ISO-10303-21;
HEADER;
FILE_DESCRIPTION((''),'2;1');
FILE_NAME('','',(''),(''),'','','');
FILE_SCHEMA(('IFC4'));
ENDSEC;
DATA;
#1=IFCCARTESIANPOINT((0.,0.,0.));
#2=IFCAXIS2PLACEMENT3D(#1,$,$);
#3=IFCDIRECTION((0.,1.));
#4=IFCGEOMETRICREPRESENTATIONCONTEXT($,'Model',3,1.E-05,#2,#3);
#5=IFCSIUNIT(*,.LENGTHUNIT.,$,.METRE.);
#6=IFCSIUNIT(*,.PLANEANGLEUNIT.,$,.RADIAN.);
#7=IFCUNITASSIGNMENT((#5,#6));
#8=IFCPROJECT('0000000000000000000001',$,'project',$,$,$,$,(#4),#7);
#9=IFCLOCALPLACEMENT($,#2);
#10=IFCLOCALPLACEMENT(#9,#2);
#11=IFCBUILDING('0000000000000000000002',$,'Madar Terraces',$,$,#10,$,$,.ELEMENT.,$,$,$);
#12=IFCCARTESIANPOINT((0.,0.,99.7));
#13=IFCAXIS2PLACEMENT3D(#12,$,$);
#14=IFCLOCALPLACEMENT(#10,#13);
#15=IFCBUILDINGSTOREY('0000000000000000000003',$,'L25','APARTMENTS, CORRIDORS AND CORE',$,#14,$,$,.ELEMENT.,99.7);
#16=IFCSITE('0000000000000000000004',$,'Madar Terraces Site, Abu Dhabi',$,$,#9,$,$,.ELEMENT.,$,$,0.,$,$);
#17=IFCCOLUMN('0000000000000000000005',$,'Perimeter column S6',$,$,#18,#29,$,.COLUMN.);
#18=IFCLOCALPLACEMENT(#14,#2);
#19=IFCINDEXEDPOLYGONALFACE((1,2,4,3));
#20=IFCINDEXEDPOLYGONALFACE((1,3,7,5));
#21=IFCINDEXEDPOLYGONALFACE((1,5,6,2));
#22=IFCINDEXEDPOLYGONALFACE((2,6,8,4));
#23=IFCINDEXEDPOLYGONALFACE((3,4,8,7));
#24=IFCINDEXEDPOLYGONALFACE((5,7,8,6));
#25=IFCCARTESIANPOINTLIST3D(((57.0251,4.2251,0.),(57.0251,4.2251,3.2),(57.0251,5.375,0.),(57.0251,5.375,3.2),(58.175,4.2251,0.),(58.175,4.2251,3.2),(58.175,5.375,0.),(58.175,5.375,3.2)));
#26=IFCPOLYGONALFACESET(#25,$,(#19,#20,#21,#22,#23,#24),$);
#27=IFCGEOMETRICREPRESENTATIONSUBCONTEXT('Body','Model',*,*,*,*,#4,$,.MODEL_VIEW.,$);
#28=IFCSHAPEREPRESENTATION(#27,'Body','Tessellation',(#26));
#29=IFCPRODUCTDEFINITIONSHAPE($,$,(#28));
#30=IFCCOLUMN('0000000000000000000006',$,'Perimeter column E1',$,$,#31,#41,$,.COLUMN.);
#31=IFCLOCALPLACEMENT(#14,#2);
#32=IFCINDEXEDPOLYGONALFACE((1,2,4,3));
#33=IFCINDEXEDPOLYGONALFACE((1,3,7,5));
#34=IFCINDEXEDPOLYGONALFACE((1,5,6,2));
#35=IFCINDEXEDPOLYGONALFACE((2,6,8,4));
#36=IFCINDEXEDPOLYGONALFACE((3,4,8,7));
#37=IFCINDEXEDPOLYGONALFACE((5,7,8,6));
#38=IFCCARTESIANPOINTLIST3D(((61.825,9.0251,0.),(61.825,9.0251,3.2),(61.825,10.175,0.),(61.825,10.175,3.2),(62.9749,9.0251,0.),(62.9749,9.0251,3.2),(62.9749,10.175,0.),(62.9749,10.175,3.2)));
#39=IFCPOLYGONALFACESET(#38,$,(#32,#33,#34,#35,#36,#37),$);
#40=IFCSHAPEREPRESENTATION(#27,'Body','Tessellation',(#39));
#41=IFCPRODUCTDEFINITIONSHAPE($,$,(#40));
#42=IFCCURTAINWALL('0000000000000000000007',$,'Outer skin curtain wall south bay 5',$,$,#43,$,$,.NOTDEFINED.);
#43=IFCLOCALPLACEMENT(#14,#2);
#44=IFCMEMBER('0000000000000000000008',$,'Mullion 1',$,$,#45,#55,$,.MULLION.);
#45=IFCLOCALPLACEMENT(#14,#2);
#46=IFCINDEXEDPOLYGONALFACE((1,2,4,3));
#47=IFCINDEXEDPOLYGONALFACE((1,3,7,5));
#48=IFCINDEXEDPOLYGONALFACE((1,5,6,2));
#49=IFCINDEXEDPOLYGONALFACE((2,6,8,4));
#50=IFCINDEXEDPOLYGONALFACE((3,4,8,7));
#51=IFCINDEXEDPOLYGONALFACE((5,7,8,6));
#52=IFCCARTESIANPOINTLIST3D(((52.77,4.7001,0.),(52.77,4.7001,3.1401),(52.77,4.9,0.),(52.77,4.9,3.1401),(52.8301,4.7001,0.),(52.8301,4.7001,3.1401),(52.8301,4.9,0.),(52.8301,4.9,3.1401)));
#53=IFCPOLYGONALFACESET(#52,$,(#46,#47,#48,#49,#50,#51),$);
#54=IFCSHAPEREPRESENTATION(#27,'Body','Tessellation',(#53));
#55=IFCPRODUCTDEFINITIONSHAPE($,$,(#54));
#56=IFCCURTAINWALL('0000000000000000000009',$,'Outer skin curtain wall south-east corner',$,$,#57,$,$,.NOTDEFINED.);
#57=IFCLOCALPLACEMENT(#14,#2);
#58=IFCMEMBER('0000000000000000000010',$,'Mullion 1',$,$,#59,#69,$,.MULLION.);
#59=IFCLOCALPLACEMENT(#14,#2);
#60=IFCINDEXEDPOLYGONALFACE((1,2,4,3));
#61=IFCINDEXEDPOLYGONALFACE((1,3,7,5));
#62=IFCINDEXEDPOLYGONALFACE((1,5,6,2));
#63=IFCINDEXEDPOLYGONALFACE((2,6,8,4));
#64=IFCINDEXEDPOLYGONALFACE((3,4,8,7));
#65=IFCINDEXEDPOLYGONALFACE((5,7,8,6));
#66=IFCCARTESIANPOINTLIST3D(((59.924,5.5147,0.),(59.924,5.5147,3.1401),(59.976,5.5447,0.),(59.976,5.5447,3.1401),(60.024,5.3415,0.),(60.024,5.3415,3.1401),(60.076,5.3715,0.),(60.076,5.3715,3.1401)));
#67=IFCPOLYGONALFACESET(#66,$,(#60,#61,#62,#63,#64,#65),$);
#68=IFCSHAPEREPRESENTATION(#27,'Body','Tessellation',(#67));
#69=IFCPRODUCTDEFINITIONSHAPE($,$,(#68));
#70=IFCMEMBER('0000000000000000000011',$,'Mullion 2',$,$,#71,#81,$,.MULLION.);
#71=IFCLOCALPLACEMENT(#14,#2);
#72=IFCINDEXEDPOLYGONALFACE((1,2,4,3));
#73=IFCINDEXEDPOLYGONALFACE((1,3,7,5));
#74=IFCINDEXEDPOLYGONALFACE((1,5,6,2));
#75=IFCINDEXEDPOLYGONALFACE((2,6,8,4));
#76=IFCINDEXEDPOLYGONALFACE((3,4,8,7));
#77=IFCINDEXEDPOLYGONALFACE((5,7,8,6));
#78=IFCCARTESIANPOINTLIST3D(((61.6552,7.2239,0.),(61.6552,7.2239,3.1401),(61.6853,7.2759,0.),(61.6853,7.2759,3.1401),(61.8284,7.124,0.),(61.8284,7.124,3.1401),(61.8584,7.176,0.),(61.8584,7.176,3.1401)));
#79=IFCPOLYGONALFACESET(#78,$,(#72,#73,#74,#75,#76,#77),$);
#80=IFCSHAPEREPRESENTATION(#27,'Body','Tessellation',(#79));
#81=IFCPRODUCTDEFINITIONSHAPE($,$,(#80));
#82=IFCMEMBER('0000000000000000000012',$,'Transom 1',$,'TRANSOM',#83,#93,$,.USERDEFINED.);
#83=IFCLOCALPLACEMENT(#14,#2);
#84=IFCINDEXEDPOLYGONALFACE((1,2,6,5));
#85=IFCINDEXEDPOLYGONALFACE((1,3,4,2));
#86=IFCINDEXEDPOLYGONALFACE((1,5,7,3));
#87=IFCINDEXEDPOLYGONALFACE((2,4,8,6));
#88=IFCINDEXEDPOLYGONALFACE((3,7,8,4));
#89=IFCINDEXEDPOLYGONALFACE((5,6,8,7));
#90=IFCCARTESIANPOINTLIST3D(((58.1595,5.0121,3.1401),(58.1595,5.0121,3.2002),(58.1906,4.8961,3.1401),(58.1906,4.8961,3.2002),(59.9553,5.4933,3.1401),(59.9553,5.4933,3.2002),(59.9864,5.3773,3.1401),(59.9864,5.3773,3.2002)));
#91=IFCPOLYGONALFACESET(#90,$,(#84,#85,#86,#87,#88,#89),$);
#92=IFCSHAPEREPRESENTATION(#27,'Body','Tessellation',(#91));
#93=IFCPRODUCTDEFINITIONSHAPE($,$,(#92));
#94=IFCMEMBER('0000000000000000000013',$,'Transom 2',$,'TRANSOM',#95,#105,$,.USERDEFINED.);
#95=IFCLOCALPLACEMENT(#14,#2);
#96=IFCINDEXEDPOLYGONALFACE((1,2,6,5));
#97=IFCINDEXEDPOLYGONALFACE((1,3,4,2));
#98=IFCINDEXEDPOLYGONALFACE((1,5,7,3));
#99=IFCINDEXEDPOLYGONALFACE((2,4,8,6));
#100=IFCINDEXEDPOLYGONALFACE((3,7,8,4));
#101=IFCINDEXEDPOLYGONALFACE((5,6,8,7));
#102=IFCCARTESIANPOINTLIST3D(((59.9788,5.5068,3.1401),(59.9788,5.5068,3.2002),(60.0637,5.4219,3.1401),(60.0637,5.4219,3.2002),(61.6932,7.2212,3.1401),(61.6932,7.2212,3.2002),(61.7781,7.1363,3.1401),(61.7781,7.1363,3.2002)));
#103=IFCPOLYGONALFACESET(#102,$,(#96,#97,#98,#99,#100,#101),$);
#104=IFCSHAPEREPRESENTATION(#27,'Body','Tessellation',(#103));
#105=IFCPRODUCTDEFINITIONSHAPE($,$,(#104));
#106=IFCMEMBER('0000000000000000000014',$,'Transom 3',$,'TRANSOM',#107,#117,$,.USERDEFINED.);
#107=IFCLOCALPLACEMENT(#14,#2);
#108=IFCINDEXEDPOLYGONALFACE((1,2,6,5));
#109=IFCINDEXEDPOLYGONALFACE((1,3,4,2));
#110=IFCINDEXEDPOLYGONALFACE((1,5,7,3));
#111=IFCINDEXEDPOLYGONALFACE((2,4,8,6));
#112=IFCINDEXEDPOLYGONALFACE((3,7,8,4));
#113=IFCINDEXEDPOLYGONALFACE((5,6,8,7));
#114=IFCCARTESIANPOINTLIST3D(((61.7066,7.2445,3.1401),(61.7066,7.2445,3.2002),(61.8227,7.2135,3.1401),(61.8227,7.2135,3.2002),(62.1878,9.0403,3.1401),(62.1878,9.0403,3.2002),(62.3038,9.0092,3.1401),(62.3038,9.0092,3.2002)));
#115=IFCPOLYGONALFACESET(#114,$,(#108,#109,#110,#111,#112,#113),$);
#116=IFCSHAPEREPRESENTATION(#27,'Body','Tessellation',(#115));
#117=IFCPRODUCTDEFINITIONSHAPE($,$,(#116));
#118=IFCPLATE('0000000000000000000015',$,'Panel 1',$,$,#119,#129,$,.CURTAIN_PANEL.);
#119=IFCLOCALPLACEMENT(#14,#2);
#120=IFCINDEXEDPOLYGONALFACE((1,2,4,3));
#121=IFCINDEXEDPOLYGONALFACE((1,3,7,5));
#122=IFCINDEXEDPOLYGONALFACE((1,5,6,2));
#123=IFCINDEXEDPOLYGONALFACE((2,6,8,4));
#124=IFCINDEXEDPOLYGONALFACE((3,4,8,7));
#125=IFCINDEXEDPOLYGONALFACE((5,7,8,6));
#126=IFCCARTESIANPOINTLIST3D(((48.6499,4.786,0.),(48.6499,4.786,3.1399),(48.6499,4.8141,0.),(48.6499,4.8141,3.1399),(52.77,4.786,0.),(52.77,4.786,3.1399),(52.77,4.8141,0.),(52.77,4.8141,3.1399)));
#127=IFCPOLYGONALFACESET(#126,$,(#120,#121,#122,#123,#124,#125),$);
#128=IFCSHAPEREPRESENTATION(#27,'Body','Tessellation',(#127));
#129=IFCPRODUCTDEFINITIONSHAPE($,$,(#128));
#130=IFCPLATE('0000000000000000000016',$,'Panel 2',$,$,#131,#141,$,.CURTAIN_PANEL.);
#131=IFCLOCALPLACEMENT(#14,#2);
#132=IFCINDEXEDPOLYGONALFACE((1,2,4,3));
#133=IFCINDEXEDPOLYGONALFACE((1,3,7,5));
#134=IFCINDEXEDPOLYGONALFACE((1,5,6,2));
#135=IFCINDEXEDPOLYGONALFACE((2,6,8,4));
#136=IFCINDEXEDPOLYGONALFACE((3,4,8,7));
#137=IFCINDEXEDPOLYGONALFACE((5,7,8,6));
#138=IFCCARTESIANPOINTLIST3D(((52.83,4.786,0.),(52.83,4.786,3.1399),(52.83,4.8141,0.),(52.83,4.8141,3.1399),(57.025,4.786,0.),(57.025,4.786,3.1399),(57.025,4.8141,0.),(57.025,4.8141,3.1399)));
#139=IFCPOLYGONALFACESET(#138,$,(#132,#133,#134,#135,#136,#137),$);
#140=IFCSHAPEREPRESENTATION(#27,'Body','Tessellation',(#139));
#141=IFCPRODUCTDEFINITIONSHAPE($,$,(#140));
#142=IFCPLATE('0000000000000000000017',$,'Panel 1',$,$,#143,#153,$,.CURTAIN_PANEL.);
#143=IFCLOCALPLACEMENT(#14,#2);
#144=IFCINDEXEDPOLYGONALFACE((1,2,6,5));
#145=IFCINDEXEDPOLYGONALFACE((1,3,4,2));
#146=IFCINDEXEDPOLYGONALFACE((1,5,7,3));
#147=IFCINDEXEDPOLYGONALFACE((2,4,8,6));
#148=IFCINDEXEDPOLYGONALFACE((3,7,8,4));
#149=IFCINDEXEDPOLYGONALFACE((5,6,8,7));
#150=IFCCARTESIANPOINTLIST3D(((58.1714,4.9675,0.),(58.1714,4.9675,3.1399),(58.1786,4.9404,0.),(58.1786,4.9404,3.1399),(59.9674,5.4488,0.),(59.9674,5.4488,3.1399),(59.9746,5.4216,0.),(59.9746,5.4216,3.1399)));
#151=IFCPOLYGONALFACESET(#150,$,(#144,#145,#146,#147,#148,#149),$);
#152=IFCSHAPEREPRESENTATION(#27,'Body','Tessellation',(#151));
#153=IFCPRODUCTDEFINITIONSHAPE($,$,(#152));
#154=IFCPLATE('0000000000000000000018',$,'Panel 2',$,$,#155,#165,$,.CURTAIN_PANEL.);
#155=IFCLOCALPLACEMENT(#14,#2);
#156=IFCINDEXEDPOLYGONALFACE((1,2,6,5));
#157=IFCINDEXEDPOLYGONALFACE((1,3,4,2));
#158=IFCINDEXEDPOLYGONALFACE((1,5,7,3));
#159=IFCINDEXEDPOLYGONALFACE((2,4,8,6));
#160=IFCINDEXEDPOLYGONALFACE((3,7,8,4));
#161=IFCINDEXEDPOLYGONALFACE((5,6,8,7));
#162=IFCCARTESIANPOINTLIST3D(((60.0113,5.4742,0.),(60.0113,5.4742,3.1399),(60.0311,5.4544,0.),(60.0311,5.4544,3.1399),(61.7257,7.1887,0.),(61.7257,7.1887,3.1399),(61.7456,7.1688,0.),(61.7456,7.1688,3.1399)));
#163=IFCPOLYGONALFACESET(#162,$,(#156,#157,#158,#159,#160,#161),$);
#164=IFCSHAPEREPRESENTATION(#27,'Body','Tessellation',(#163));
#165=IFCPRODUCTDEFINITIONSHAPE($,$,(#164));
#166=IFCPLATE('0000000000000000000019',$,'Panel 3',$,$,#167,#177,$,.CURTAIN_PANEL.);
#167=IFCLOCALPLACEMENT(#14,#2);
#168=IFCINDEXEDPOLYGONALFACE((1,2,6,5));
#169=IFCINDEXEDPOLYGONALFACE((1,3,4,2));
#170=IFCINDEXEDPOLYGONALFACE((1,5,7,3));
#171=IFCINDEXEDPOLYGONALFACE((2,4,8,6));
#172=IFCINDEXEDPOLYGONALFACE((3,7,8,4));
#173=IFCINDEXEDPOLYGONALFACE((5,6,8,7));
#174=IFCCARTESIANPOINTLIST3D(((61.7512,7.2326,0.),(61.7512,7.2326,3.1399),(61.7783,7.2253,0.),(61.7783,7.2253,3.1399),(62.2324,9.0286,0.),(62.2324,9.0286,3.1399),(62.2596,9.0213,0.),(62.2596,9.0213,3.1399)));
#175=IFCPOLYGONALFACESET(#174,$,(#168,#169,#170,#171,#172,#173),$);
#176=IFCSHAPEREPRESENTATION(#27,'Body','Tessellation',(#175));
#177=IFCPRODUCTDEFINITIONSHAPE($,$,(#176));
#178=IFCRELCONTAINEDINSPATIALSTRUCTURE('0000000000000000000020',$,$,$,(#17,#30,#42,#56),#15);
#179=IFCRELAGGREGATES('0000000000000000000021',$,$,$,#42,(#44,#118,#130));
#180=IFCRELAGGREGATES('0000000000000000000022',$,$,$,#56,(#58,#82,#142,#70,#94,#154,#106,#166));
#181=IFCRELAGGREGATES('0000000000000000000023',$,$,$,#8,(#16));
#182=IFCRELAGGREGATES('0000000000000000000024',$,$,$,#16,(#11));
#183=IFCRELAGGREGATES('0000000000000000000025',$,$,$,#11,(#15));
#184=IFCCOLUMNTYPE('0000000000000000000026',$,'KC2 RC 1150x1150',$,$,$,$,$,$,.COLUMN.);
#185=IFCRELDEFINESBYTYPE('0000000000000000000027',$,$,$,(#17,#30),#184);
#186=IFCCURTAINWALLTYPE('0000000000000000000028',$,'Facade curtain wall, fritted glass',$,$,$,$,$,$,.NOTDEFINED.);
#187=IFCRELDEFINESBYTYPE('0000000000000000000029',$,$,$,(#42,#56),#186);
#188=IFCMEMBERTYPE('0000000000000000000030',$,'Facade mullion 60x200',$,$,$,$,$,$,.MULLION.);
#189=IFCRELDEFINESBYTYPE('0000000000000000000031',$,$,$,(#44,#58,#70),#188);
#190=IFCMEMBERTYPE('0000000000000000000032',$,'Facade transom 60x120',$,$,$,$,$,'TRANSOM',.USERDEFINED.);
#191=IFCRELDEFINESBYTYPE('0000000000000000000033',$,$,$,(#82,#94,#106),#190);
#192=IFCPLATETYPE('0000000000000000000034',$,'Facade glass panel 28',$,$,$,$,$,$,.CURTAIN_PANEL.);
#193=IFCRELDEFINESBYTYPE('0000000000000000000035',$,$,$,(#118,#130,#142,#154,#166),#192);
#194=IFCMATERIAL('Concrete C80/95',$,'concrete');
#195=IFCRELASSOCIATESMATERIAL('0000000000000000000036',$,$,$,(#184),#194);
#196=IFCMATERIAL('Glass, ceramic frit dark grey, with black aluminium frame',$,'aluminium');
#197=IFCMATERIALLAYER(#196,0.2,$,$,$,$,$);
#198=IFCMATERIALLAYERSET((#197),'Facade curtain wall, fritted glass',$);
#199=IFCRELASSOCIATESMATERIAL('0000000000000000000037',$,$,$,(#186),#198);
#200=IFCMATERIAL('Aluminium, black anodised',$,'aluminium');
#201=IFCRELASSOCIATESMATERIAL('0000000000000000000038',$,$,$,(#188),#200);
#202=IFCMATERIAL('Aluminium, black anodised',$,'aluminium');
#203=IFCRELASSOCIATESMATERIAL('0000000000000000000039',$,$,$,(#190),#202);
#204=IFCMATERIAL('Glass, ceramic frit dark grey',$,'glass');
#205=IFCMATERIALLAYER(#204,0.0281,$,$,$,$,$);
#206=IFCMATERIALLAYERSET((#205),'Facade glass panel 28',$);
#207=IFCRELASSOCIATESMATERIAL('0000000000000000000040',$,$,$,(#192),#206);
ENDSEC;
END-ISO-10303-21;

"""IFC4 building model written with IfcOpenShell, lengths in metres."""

from ifc_helpers import new_model, si_unit, direction, frame, origin, origin_2d, place, context, subcontext, project, spatial, rectangle, extrude, material, layer, layer_set, material_profile, profile_set, type_object, element, aggregate, save


model = new_model("IFC4")

# Units and contexts
model_context = context("Model", 3, precision=1e-05, world=origin(), true_north=direction((0.0, 1.0)))
body_context = subcontext(model_context, "Body", "Model", "MODEL_VIEW")
ifc_project = project(units=[si_unit("LENGTHUNIT", "METRE"), si_unit("PLANEANGLEUNIT", "RADIAN")], contexts=[model_context])

# Site, building, storey
site_placement = place(None, origin())
site = spatial("IfcSite", under=ifc_project, at=site_placement, Name="Madar Terraces Site, Abu Dhabi", CompositionType="ELEMENT", RefElevation=0.0)
building_placement = place(site_placement, origin())
building = spatial("IfcBuilding", under=site, at=building_placement, Name="Madar Terraces", CompositionType="ELEMENT")
storey_placement = place(building_placement, frame((0.0, 0.0, 99.7)))
storey = spatial("IfcBuildingStorey", under=building, at=storey_placement, Name="L25", Description="APARTMENTS, CORRIDORS AND CORE", CompositionType="ELEMENT", Elevation=99.7)

# Columns
ifc_material_1 = material(Name="Concrete C80/95", Category="concrete")
ifc_material_profile_1 = material_profile(ifc_material_1, rectangle(XDim=1.1499, YDim=1.1499, at=origin_2d()), Name="KC2 RC 1150x1150")
ifc_profile_set_1 = profile_set([ifc_material_profile_1], Name="Concrete C80/95")
column_type = type_object("IfcColumnType", Name="KC2 RC 1150x1150", PredefinedType="COLUMN", material=ifc_profile_set_1)
for number, where, z_axis, x_axis, name in (
    (1, (57.6001, 4.8, 0.0), (0.0, 0.0, 1.0), (1.0, 0.0, 0.0), "Perimeter column S6"),
    (2, (62.3999, 9.6001, 0.0), (0.0, 0.0, 1.0), (1.0, 0.0, 0.0), "Perimeter column E1"),
):
    element("IfcColumn", number, at=place(storey_placement, frame(where, z_axis=z_axis, x_axis=x_axis)), inside=storey, type_object=column_type, Name=name, PredefinedType="COLUMN", context=body_context, shape_type="SweptSolid", body=[
        extrude(rectangle(XDim=1.1499, YDim=1.1499, at=origin_2d()), origin(), (0.0, 0.0, 1.0), 3.2),
    ])

# Curtain wall, member
ifc_material_2 = material(Name="Glass, ceramic frit dark grey, with black aluminium frame", Category="aluminium")
ifc_layer_1 = layer(ifc_material_2, 0.2)
ifc_layer_set_1 = layer_set([ifc_layer_1], Name="Facade curtain wall, fritted glass")
curtain_wall_type = type_object("IfcCurtainWallType", Name="Facade curtain wall, fritted glass", PredefinedType="NOTDEFINED", material=ifc_layer_set_1)
curtain_wall_1_placement = place(storey_placement, origin())
curtain_wall_1 = element("IfcCurtainWall", 3, at=curtain_wall_1_placement, inside=storey, type_object=curtain_wall_type, Name="Outer skin curtain wall south bay 5", PredefinedType="NOTDEFINED")
ifc_material_3 = material(Name="Aluminium, black anodised", Category="aluminium")
ifc_material_profile_2 = material_profile(ifc_material_3, rectangle(XDim=0.2, YDim=0.0601, at=origin_2d()), Name="Facade mullion 60x200")
ifc_profile_set_2 = profile_set([ifc_material_profile_2], Name="Aluminium, black anodised")
member_type_1 = type_object("IfcMemberType", Name="Facade mullion 60x200", PredefinedType="MULLION", material=ifc_profile_set_2)
member_1_placement = place(storey_placement, frame((52.8, 4.8, 0.0), z_axis=(0.0, 0.0, 1.0), x_axis=(0.0, 1.0, 0.0)))
member_1 = element("IfcMember", 4, at=member_1_placement, type_object=member_type_1, Name="Mullion 1", PredefinedType="MULLION", context=body_context, shape_type="SweptSolid", body=[
    extrude(rectangle(XDim=0.2, YDim=0.0601, at=origin_2d()), origin(), (0.0, 0.0, 1.0), 3.1401),
])

# Curtain wall, members
curtain_wall_2_placement = place(storey_placement, origin())
curtain_wall_2 = element("IfcCurtainWall", 5, at=curtain_wall_2_placement, inside=storey, type_object=curtain_wall_type, Name="Outer skin curtain wall south-east corner", PredefinedType="NOTDEFINED")
member_2_placement = place(storey_placement, frame((60.0, 5.4431, 0.0), z_axis=(0.0, 0.0, 1.0), x_axis=(-0.5, 0.866025, 0.0)))
member_2 = element("IfcMember", 6, at=member_2_placement, type_object=member_type_1, Name="Mullion 1", PredefinedType="MULLION", context=body_context, shape_type="SweptSolid", body=[
    extrude(rectangle(XDim=0.2, YDim=0.0601, at=origin_2d()), origin(), (0.0, 0.0, 1.0), 3.1401),
])
member_3_placement = place(storey_placement, frame((61.7568, 7.2, 0.0), z_axis=(0.0, 0.0, 1.0), x_axis=(-0.866025, 0.5, 0.0)))
member_3 = element("IfcMember", 7, at=member_3_placement, type_object=member_type_1, Name="Mullion 2", PredefinedType="MULLION", context=body_context, shape_type="SweptSolid", body=[
    extrude(rectangle(XDim=0.2, YDim=0.0601, at=origin_2d()), origin(), (0.0, 0.0, 1.0), 3.1401),
])
ifc_material_4 = material(Name="Aluminium, black anodised", Category="aluminium")
ifc_material_profile_3 = material_profile(ifc_material_4, rectangle(XDim=0.1201, YDim=0.0601, at=origin_2d()), Name="Facade transom 60x120")
ifc_profile_set_3 = profile_set([ifc_material_profile_3], Name="Aluminium, black anodised")
member_type_2 = type_object("IfcMemberType", Name="Facade transom 60x120", ElementType="TRANSOM", PredefinedType="USERDEFINED", material=ifc_profile_set_3)
member_4_placement = place(storey_placement, frame((58.175, 4.9541, 3.1702), z_axis=(0.965927, 0.258815, 0.0), x_axis=(-0.258815, 0.965927, 0.0)))
member_4 = element("IfcMember", 8, at=member_4_placement, type_object=member_type_2, Name="Transom 1", ObjectType="TRANSOM", PredefinedType="USERDEFINED", context=body_context, shape_type="SweptSolid", body=[
    extrude(rectangle(XDim=0.1201, YDim=0.0601, at=origin_2d()), origin(), (0.0, 0.0, 1.0), 1.8591),
])
member_5_placement = place(storey_placement, frame((60.0212, 5.4644, 3.1702), z_axis=(0.707107, 0.707107, 0.0), x_axis=(-0.707107, 0.707107, 0.0)))
member_5 = element("IfcMember", 9, at=member_5_placement, type_object=member_type_2, Name="Transom 2", ObjectType="TRANSOM", PredefinedType="USERDEFINED", context=body_context, shape_type="SweptSolid", body=[
    extrude(rectangle(XDim=0.1201, YDim=0.0601, at=origin_2d()), origin(), (0.0, 0.0, 1.0), 2.4246),
])
member_6_placement = place(storey_placement, frame((61.7646, 7.229, 3.1702), z_axis=(0.258815, 0.965927, 0.0), x_axis=(-0.965927, 0.258815, 0.0)))
member_6 = element("IfcMember", 10, at=member_6_placement, type_object=member_type_2, Name="Transom 3", ObjectType="TRANSOM", PredefinedType="USERDEFINED", context=body_context, shape_type="SweptSolid", body=[
    extrude(rectangle(XDim=0.1201, YDim=0.0601, at=origin_2d()), origin(), (0.0, 0.0, 1.0), 1.8591),
])

# Plates
ifc_material_5 = material(Name="Glass, ceramic frit dark grey", Category="glass")
ifc_layer_2 = layer(ifc_material_5, 0.0281)
ifc_layer_set_2 = layer_set([ifc_layer_2], Name="Facade glass panel 28")
plate_type = type_object("IfcPlateType", Name="Facade glass panel 28", PredefinedType="CURTAIN_PANEL", material=ifc_layer_set_2)
plate_1_placement = place(storey_placement, frame((50.71, 4.8, 0.0), z_axis=(0.0, 0.0, 1.0), x_axis=(1.0, 0.0, 0.0)))
plate_1 = element("IfcPlate", 11, at=plate_1_placement, type_object=plate_type, Name="Panel 1", PredefinedType="CURTAIN_PANEL", context=body_context, shape_type="SweptSolid", body=[
    extrude(rectangle(XDim=4.1201, YDim=0.0281, at=origin_2d()), origin(), (0.0, 0.0, 1.0), 3.1399),
])
plate_2_placement = place(storey_placement, frame((54.9275, 4.8, 0.0), z_axis=(0.0, 0.0, 1.0), x_axis=(1.0, 0.0, 0.0)))
plate_2 = element("IfcPlate", 12, at=plate_2_placement, type_object=plate_type, Name="Panel 2", PredefinedType="CURTAIN_PANEL", context=body_context, shape_type="SweptSolid", body=[
    extrude(rectangle(XDim=4.1951, YDim=0.0281, at=origin_2d()), origin(), (0.0, 0.0, 1.0), 3.1399),
])
aggregate(curtain_wall_1, [member_1, plate_1, plate_2])
plate_3_placement = place(storey_placement, frame((59.073, 5.1946, 0.0), z_axis=(0.0, 0.0, 1.0), x_axis=(0.965926, 0.258819, 0.0)))
plate_3 = element("IfcPlate", 13, at=plate_3_placement, type_object=plate_type, Name="Panel 1", PredefinedType="CURTAIN_PANEL", context=body_context, shape_type="SweptSolid", body=[
    extrude(rectangle(XDim=1.8594, YDim=0.0281, at=origin_2d()), origin(), (0.0, 0.0, 1.0), 3.1399),
])
plate_4_placement = place(storey_placement, frame((60.8784, 6.3215, 0.0), z_axis=(0.0, 0.0, 1.0), x_axis=(0.707107, 0.707107, 0.0)))
plate_4 = element("IfcPlate", 14, at=plate_4_placement, type_object=plate_type, Name="Panel 2", PredefinedType="CURTAIN_PANEL", context=body_context, shape_type="SweptSolid", body=[
    extrude(rectangle(XDim=2.4246, YDim=0.0281, at=origin_2d()), origin(), (0.0, 0.0, 1.0), 3.1399),
])
plate_5_placement = place(storey_placement, frame((62.0054, 8.127, 0.0), z_axis=(0.0, 0.0, 1.0), x_axis=(0.258819, 0.965926, 0.0)))
plate_5 = element("IfcPlate", 15, at=plate_5_placement, type_object=plate_type, Name="Panel 3", PredefinedType="CURTAIN_PANEL", context=body_context, shape_type="SweptSolid", body=[
    extrude(rectangle(XDim=1.8594, YDim=0.0281, at=origin_2d()), origin(), (0.0, 0.0, 1.0), 3.1399),
])
aggregate(curtain_wall_2, [member_2, member_4, plate_3, member_3, member_5, plate_4, member_6, plate_5])

save(model, "model.ifc")
